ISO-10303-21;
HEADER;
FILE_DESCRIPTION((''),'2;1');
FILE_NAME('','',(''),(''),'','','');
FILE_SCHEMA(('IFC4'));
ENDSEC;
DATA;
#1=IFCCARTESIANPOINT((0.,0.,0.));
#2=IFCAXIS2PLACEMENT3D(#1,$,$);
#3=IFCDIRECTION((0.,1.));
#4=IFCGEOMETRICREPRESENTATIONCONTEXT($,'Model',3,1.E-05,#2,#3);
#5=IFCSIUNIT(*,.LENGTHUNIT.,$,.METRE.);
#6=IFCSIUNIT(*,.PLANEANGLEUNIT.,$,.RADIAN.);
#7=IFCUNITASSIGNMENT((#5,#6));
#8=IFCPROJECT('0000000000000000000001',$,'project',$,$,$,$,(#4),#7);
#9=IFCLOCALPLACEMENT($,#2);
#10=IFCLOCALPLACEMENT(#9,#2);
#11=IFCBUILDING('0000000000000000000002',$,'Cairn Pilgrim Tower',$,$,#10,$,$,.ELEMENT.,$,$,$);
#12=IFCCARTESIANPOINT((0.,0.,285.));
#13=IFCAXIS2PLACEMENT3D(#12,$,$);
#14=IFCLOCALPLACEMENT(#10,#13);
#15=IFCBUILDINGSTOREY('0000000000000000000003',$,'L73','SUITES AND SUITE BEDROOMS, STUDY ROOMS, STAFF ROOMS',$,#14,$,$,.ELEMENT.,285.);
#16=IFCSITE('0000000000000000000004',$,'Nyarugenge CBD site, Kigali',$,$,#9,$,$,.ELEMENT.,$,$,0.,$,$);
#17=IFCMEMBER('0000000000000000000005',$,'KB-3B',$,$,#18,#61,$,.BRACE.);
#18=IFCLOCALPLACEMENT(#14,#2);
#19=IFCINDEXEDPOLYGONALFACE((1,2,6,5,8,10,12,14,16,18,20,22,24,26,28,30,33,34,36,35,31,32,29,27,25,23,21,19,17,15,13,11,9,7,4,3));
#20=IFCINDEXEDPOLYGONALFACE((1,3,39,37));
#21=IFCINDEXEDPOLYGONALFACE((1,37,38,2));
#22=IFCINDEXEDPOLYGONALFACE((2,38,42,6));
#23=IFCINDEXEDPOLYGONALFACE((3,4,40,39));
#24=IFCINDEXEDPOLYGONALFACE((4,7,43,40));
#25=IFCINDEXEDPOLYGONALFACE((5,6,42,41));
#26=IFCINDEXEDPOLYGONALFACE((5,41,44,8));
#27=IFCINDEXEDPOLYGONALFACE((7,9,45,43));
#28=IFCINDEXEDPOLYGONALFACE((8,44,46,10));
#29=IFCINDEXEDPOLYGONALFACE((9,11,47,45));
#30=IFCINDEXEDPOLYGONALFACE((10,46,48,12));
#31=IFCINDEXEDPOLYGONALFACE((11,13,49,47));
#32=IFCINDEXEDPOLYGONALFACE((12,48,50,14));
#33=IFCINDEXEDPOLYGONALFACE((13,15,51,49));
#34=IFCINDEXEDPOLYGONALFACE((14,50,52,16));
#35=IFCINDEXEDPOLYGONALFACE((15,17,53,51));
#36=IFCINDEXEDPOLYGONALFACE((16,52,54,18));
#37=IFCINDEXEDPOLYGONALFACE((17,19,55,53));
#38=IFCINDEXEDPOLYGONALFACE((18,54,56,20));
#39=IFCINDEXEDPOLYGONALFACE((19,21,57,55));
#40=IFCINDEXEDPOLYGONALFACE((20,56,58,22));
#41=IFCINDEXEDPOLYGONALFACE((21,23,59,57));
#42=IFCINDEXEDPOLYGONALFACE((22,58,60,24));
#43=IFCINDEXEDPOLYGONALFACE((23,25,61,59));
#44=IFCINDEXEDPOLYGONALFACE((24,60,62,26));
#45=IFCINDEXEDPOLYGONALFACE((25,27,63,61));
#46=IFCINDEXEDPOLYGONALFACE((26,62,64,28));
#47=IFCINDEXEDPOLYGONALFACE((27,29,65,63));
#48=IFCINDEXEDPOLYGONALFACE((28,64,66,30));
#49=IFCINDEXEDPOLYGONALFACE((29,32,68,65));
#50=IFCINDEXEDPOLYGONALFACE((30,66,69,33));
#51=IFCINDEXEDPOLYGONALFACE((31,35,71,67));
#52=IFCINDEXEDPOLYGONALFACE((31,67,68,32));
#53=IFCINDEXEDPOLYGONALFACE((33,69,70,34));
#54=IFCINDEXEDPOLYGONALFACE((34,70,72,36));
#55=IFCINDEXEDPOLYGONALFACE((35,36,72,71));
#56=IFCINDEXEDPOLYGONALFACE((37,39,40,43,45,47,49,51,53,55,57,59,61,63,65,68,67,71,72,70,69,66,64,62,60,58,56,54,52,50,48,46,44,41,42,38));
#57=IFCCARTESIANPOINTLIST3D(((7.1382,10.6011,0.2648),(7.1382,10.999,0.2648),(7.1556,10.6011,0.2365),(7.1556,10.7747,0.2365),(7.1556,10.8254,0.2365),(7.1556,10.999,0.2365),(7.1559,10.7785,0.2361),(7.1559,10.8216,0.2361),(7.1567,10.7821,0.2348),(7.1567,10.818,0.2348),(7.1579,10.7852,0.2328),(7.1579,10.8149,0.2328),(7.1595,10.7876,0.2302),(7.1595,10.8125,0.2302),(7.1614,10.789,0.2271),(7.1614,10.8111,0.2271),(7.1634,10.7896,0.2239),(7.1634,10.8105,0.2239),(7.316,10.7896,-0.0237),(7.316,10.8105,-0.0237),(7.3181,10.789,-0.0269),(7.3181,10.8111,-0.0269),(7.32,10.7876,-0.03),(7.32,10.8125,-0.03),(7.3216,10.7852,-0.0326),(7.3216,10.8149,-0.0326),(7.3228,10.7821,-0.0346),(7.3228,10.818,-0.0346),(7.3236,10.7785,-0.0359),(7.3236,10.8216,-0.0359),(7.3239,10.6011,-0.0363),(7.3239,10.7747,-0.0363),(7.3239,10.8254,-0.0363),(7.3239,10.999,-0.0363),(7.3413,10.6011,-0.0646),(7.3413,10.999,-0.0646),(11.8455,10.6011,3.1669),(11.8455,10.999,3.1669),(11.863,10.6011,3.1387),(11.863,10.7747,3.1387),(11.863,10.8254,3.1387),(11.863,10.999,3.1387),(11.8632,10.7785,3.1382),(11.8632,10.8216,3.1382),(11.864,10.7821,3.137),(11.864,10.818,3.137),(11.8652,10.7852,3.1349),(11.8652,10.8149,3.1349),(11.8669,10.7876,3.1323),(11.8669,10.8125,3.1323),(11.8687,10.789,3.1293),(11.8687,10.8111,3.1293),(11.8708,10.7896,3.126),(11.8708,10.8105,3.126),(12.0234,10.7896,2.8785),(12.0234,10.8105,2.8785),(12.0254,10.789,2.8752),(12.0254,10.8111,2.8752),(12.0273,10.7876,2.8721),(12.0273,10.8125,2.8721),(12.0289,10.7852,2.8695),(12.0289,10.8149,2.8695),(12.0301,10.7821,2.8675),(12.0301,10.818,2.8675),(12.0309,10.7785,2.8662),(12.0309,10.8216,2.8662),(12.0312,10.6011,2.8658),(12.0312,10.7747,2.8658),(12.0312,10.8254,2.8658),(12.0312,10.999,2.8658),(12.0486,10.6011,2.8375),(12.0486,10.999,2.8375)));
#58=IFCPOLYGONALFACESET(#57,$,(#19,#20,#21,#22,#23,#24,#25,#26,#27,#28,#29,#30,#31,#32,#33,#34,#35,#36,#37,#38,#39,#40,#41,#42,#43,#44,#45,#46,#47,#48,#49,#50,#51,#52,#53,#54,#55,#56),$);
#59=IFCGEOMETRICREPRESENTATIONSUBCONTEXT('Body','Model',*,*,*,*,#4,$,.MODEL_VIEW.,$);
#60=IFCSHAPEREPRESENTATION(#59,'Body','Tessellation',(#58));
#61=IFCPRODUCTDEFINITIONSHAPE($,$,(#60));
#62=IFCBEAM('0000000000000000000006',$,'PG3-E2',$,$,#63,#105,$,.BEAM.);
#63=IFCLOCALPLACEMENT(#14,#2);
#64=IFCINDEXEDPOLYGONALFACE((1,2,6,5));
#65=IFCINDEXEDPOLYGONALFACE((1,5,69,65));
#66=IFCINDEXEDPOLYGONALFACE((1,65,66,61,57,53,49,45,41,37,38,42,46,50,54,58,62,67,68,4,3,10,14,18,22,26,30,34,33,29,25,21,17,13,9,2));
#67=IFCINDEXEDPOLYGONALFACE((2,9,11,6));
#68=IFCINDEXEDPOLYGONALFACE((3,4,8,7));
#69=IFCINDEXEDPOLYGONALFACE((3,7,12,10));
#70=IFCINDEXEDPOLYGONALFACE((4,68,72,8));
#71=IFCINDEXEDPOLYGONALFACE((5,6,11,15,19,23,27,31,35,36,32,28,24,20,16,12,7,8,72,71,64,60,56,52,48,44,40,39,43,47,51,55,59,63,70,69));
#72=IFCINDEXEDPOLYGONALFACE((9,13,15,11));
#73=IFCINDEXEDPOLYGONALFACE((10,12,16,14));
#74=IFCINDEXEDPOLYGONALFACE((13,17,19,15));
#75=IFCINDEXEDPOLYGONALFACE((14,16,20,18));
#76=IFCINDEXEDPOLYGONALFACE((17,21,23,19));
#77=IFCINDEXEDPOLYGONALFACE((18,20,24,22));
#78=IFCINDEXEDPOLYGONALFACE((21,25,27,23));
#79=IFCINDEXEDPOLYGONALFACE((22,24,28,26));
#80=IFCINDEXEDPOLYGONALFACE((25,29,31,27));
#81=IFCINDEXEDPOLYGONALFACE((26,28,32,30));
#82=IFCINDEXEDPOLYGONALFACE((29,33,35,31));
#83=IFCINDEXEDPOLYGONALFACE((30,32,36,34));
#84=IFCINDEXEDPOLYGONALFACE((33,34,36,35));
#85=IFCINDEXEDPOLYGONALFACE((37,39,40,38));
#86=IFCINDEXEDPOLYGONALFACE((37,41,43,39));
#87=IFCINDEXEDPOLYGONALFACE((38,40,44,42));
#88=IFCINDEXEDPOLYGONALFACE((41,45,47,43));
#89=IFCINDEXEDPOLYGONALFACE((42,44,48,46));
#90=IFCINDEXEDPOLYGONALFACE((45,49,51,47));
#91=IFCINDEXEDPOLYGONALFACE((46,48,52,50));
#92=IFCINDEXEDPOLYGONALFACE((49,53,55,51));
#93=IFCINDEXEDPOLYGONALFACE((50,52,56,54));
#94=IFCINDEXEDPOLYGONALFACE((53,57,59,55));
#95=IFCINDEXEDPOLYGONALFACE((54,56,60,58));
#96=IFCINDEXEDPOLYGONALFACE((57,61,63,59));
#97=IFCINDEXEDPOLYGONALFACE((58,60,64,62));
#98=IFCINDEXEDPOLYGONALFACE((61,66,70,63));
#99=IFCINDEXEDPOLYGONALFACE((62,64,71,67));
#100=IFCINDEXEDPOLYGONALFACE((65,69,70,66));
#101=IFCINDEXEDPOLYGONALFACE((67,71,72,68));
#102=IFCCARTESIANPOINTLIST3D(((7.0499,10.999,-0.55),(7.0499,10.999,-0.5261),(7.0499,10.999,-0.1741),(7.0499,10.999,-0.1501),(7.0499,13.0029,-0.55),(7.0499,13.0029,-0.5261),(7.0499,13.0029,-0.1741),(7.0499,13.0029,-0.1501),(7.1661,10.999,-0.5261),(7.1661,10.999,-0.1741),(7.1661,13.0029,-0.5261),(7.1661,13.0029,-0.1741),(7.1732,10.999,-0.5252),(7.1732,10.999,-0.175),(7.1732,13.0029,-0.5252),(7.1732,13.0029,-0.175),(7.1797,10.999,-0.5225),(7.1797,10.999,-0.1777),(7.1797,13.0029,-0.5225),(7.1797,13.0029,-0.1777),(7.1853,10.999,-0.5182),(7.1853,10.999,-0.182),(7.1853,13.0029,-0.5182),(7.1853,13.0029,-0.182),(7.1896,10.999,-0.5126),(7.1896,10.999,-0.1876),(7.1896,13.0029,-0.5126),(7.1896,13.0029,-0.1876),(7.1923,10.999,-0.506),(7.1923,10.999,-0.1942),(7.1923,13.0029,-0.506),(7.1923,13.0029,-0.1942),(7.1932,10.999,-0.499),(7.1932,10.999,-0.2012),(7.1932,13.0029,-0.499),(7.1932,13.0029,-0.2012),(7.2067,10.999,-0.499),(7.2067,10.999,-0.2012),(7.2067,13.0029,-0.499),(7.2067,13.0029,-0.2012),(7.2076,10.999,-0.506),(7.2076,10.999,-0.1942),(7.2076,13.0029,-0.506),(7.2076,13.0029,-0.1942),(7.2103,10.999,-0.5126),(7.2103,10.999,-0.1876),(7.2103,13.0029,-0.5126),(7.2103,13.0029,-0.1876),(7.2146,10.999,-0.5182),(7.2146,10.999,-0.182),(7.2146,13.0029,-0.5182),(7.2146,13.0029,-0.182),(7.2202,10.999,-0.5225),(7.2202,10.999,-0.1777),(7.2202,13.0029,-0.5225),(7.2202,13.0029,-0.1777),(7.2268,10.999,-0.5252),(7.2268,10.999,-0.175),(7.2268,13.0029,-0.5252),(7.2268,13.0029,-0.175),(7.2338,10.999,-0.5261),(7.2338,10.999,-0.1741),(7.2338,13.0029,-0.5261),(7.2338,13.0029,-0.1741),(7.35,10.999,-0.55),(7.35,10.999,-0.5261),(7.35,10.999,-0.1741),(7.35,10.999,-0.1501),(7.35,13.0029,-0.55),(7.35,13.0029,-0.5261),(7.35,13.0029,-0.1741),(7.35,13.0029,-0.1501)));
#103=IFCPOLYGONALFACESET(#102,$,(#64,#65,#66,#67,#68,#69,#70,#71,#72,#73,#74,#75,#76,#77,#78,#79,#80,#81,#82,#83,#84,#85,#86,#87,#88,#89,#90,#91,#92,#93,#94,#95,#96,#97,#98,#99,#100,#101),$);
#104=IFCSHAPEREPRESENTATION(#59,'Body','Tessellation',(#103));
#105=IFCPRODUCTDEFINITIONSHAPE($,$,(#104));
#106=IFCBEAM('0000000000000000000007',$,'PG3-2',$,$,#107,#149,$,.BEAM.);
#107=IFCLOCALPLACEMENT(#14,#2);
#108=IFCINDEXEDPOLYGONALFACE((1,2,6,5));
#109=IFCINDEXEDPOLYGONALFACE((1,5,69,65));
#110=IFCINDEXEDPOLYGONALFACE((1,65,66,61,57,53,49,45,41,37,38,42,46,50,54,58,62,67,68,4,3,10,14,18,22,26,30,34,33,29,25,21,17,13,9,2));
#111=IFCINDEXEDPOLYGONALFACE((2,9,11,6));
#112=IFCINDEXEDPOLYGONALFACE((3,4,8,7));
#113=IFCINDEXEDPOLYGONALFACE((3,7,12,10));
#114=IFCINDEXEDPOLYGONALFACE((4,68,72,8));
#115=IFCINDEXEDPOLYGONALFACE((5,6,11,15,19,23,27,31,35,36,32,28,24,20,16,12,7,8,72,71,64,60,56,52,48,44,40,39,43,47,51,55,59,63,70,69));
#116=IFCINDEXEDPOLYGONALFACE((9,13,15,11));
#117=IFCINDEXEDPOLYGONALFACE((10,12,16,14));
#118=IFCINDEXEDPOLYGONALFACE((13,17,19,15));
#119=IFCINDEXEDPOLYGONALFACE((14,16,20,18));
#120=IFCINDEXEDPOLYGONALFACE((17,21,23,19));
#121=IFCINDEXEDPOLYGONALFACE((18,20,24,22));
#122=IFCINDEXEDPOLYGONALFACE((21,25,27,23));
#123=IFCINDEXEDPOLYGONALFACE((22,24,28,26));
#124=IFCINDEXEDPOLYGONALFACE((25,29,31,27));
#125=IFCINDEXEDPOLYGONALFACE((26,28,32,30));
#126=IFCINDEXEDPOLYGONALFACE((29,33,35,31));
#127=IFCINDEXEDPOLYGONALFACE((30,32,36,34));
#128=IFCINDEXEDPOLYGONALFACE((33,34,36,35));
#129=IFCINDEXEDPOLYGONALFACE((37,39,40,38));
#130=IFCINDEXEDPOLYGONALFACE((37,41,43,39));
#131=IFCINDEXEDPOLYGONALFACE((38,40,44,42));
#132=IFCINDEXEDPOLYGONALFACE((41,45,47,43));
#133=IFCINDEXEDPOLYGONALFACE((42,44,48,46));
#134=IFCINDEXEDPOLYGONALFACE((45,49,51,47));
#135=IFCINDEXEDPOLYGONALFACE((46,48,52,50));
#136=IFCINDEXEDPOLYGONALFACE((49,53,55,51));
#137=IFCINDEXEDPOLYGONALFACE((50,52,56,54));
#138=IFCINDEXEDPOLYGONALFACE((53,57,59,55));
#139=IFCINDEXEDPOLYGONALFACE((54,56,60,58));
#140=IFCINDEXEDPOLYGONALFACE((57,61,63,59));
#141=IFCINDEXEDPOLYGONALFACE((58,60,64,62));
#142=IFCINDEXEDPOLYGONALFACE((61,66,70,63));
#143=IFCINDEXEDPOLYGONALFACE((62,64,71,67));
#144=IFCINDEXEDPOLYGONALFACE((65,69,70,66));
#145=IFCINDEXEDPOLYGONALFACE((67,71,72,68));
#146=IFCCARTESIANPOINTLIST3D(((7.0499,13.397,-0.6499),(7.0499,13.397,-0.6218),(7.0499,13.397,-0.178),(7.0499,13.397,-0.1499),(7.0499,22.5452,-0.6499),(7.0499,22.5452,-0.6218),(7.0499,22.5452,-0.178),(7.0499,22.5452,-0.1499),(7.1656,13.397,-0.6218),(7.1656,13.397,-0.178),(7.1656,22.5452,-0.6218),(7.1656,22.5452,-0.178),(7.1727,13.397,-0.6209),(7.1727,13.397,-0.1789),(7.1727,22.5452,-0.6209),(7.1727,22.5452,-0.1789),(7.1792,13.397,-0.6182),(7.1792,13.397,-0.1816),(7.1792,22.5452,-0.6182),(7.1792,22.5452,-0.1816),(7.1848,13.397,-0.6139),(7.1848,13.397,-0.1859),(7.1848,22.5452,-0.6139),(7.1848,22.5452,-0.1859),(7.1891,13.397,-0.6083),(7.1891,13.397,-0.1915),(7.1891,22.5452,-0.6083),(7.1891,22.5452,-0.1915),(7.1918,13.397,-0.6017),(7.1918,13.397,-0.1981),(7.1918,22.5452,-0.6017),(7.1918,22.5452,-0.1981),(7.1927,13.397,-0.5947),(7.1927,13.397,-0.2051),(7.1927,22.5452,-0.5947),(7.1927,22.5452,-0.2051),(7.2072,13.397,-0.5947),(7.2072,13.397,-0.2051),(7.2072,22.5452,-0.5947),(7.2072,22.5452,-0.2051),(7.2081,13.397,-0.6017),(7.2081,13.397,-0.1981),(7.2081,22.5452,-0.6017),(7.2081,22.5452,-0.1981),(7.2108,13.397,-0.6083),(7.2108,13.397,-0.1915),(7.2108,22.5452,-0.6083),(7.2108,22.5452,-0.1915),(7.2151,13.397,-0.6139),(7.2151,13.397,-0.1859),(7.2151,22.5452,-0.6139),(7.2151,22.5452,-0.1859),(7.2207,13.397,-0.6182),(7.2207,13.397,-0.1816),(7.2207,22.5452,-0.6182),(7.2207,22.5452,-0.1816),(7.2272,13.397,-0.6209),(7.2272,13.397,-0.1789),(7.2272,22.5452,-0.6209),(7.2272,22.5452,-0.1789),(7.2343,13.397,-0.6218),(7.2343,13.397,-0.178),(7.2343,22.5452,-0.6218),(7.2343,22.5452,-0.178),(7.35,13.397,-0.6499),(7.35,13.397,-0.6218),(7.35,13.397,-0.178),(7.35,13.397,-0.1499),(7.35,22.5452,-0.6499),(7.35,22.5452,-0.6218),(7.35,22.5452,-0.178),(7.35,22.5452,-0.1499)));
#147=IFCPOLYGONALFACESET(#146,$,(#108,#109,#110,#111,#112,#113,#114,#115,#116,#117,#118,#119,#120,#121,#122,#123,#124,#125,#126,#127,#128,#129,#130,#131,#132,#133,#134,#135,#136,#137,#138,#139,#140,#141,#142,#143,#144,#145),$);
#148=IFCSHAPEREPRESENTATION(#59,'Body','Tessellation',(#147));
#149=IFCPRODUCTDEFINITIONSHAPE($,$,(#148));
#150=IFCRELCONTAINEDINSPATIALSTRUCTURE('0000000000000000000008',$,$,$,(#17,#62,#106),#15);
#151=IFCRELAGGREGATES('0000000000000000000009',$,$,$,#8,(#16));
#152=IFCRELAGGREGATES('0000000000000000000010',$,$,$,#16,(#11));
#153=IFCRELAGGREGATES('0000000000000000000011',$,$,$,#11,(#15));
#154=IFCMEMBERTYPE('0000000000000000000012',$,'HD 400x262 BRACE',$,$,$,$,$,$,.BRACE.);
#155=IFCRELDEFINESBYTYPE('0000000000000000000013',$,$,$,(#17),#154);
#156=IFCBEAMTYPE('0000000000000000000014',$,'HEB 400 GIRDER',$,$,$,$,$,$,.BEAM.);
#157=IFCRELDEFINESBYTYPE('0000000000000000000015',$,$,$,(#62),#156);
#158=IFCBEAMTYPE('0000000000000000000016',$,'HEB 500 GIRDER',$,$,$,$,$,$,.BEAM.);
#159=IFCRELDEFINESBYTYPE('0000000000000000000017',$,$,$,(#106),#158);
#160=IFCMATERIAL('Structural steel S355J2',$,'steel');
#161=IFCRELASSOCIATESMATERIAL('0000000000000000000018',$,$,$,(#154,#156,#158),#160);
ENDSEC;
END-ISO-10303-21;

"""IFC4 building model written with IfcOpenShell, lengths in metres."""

from ifc_helpers import new_model, si_unit, direction, frame, origin, origin_2d, place, context, subcontext, project, spatial, i_section, extrude, material, material_profile, profile_set, type_object, element, save


model = new_model("IFC4")

# Units and contexts
model_context = context("Model", 3, precision=1e-05, world=origin(), true_north=direction((0.0, 1.0)))
body_context = subcontext(model_context, "Body", "Model", "MODEL_VIEW")
ifc_project = project(units=[si_unit("LENGTHUNIT", "METRE"), si_unit("PLANEANGLEUNIT", "RADIAN")], contexts=[model_context])

# Site, building, storey
site_placement = place(None, origin())
site = spatial("IfcSite", under=ifc_project, at=site_placement, Name="Nyarugenge CBD site, Kigali", CompositionType="ELEMENT", RefElevation=0.0)
building_placement = place(site_placement, origin())
building = spatial("IfcBuilding", under=site, at=building_placement, Name="Cairn Pilgrim Tower", CompositionType="ELEMENT")
storey_placement = place(building_placement, frame((0.0, 0.0, 285.0)))
storey = spatial("IfcBuildingStorey", under=building, at=storey_placement, Name="L73", Description="SUITES AND SUITE BEDROOMS, STUDY ROOMS, STAFF ROOMS", CompositionType="ELEMENT", Elevation=285.0)

# Shared definitions
ifc_material_1 = material(Name="Structural steel S355J2", Category="steel")

# Member
ifc_material_profile_1 = material_profile(ifc_material_1, i_section(OverallWidth=0.3979, OverallDepth=0.387, WebThickness=0.021, FlangeThickness=0.0332, FilletRadius=0.0149, at=origin_2d()), Name="HD 400x262")
ifc_profile_set_1 = profile_set([ifc_material_profile_1], Name="Structural steel S355J2")
member_type_1 = type_object("IfcMemberType", Name="HD 400x262 BRACE", PredefinedType="BRACE", material=ifc_profile_set_1)
member_1_placement = place(storey_placement, frame((7.2397, 10.8, 0.1001), z_axis=(0.851229, 0.0, 0.524794), x_axis=(0.0, 1.0, 0.0)))
element("IfcMember", 1, at=member_1_placement, inside=storey, type_object=member_type_1, Name="KB-3B", PredefinedType="BRACE", context=body_context, shape_type="SweptSolid", body=[
    extrude(i_section(OverallWidth=0.3979, OverallDepth=0.387, WebThickness=0.021, FlangeThickness=0.0332, FilletRadius=0.0149, at=origin_2d()), origin(), (0.0, 0.0, 1.0), 5.53),
])

# Beams
ifc_material_profile_2 = material_profile(ifc_material_1, i_section(OverallWidth=0.3, OverallDepth=0.3999, WebThickness=0.0134, FlangeThickness=0.0239, FilletRadius=0.0271, at=origin_2d()), Name="HEB 400")
ifc_profile_set_2 = profile_set([ifc_material_profile_2], Name="Structural steel S355J2")
beam_type_1 = type_object("IfcBeamType", Name="HEB 400 GIRDER", PredefinedType="BEAM", material=ifc_profile_set_2)
beam_1_placement = place(storey_placement, frame((7.2, 10.999, -0.3501), z_axis=(0.0, 1.0, 0.0), x_axis=(-1.0, 0.0, 0.0)))
element("IfcBeam", 2, at=beam_1_placement, inside=storey, type_object=beam_type_1, Name="PG3-E2", PredefinedType="BEAM", context=body_context, shape_type="SweptSolid", body=[
    extrude(i_section(OverallWidth=0.3, OverallDepth=0.3999, WebThickness=0.0134, FlangeThickness=0.0239, FilletRadius=0.0271, at=origin_2d()), origin(), (0.0, 0.0, 1.0), 2.0039),
])
ifc_material_profile_3 = material_profile(ifc_material_1, i_section(OverallWidth=0.3, OverallDepth=0.5, WebThickness=0.0144, FlangeThickness=0.0281, FilletRadius=0.0271, at=origin_2d()), Name="HEB 500")
ifc_profile_set_3 = profile_set([ifc_material_profile_3], Name="Structural steel S355J2")
beam_type_2 = type_object("IfcBeamType", Name="HEB 500 GIRDER", PredefinedType="BEAM", material=ifc_profile_set_3)
beam_2_placement = place(storey_placement, frame((7.2, 13.397, -0.3999), z_axis=(0.0, 1.0, 0.0), x_axis=(-1.0, 0.0, 0.0)))
element("IfcBeam", 3, at=beam_2_placement, inside=storey, type_object=beam_type_2, Name="PG3-2", PredefinedType="BEAM", context=body_context, shape_type="SweptSolid", body=[
    extrude(i_section(OverallWidth=0.3, OverallDepth=0.5, WebThickness=0.0144, FlangeThickness=0.0281, FilletRadius=0.0271, at=origin_2d()), origin(), (0.0, 0.0, 1.0), 9.1482),
])

save(model, "model.ifc")
